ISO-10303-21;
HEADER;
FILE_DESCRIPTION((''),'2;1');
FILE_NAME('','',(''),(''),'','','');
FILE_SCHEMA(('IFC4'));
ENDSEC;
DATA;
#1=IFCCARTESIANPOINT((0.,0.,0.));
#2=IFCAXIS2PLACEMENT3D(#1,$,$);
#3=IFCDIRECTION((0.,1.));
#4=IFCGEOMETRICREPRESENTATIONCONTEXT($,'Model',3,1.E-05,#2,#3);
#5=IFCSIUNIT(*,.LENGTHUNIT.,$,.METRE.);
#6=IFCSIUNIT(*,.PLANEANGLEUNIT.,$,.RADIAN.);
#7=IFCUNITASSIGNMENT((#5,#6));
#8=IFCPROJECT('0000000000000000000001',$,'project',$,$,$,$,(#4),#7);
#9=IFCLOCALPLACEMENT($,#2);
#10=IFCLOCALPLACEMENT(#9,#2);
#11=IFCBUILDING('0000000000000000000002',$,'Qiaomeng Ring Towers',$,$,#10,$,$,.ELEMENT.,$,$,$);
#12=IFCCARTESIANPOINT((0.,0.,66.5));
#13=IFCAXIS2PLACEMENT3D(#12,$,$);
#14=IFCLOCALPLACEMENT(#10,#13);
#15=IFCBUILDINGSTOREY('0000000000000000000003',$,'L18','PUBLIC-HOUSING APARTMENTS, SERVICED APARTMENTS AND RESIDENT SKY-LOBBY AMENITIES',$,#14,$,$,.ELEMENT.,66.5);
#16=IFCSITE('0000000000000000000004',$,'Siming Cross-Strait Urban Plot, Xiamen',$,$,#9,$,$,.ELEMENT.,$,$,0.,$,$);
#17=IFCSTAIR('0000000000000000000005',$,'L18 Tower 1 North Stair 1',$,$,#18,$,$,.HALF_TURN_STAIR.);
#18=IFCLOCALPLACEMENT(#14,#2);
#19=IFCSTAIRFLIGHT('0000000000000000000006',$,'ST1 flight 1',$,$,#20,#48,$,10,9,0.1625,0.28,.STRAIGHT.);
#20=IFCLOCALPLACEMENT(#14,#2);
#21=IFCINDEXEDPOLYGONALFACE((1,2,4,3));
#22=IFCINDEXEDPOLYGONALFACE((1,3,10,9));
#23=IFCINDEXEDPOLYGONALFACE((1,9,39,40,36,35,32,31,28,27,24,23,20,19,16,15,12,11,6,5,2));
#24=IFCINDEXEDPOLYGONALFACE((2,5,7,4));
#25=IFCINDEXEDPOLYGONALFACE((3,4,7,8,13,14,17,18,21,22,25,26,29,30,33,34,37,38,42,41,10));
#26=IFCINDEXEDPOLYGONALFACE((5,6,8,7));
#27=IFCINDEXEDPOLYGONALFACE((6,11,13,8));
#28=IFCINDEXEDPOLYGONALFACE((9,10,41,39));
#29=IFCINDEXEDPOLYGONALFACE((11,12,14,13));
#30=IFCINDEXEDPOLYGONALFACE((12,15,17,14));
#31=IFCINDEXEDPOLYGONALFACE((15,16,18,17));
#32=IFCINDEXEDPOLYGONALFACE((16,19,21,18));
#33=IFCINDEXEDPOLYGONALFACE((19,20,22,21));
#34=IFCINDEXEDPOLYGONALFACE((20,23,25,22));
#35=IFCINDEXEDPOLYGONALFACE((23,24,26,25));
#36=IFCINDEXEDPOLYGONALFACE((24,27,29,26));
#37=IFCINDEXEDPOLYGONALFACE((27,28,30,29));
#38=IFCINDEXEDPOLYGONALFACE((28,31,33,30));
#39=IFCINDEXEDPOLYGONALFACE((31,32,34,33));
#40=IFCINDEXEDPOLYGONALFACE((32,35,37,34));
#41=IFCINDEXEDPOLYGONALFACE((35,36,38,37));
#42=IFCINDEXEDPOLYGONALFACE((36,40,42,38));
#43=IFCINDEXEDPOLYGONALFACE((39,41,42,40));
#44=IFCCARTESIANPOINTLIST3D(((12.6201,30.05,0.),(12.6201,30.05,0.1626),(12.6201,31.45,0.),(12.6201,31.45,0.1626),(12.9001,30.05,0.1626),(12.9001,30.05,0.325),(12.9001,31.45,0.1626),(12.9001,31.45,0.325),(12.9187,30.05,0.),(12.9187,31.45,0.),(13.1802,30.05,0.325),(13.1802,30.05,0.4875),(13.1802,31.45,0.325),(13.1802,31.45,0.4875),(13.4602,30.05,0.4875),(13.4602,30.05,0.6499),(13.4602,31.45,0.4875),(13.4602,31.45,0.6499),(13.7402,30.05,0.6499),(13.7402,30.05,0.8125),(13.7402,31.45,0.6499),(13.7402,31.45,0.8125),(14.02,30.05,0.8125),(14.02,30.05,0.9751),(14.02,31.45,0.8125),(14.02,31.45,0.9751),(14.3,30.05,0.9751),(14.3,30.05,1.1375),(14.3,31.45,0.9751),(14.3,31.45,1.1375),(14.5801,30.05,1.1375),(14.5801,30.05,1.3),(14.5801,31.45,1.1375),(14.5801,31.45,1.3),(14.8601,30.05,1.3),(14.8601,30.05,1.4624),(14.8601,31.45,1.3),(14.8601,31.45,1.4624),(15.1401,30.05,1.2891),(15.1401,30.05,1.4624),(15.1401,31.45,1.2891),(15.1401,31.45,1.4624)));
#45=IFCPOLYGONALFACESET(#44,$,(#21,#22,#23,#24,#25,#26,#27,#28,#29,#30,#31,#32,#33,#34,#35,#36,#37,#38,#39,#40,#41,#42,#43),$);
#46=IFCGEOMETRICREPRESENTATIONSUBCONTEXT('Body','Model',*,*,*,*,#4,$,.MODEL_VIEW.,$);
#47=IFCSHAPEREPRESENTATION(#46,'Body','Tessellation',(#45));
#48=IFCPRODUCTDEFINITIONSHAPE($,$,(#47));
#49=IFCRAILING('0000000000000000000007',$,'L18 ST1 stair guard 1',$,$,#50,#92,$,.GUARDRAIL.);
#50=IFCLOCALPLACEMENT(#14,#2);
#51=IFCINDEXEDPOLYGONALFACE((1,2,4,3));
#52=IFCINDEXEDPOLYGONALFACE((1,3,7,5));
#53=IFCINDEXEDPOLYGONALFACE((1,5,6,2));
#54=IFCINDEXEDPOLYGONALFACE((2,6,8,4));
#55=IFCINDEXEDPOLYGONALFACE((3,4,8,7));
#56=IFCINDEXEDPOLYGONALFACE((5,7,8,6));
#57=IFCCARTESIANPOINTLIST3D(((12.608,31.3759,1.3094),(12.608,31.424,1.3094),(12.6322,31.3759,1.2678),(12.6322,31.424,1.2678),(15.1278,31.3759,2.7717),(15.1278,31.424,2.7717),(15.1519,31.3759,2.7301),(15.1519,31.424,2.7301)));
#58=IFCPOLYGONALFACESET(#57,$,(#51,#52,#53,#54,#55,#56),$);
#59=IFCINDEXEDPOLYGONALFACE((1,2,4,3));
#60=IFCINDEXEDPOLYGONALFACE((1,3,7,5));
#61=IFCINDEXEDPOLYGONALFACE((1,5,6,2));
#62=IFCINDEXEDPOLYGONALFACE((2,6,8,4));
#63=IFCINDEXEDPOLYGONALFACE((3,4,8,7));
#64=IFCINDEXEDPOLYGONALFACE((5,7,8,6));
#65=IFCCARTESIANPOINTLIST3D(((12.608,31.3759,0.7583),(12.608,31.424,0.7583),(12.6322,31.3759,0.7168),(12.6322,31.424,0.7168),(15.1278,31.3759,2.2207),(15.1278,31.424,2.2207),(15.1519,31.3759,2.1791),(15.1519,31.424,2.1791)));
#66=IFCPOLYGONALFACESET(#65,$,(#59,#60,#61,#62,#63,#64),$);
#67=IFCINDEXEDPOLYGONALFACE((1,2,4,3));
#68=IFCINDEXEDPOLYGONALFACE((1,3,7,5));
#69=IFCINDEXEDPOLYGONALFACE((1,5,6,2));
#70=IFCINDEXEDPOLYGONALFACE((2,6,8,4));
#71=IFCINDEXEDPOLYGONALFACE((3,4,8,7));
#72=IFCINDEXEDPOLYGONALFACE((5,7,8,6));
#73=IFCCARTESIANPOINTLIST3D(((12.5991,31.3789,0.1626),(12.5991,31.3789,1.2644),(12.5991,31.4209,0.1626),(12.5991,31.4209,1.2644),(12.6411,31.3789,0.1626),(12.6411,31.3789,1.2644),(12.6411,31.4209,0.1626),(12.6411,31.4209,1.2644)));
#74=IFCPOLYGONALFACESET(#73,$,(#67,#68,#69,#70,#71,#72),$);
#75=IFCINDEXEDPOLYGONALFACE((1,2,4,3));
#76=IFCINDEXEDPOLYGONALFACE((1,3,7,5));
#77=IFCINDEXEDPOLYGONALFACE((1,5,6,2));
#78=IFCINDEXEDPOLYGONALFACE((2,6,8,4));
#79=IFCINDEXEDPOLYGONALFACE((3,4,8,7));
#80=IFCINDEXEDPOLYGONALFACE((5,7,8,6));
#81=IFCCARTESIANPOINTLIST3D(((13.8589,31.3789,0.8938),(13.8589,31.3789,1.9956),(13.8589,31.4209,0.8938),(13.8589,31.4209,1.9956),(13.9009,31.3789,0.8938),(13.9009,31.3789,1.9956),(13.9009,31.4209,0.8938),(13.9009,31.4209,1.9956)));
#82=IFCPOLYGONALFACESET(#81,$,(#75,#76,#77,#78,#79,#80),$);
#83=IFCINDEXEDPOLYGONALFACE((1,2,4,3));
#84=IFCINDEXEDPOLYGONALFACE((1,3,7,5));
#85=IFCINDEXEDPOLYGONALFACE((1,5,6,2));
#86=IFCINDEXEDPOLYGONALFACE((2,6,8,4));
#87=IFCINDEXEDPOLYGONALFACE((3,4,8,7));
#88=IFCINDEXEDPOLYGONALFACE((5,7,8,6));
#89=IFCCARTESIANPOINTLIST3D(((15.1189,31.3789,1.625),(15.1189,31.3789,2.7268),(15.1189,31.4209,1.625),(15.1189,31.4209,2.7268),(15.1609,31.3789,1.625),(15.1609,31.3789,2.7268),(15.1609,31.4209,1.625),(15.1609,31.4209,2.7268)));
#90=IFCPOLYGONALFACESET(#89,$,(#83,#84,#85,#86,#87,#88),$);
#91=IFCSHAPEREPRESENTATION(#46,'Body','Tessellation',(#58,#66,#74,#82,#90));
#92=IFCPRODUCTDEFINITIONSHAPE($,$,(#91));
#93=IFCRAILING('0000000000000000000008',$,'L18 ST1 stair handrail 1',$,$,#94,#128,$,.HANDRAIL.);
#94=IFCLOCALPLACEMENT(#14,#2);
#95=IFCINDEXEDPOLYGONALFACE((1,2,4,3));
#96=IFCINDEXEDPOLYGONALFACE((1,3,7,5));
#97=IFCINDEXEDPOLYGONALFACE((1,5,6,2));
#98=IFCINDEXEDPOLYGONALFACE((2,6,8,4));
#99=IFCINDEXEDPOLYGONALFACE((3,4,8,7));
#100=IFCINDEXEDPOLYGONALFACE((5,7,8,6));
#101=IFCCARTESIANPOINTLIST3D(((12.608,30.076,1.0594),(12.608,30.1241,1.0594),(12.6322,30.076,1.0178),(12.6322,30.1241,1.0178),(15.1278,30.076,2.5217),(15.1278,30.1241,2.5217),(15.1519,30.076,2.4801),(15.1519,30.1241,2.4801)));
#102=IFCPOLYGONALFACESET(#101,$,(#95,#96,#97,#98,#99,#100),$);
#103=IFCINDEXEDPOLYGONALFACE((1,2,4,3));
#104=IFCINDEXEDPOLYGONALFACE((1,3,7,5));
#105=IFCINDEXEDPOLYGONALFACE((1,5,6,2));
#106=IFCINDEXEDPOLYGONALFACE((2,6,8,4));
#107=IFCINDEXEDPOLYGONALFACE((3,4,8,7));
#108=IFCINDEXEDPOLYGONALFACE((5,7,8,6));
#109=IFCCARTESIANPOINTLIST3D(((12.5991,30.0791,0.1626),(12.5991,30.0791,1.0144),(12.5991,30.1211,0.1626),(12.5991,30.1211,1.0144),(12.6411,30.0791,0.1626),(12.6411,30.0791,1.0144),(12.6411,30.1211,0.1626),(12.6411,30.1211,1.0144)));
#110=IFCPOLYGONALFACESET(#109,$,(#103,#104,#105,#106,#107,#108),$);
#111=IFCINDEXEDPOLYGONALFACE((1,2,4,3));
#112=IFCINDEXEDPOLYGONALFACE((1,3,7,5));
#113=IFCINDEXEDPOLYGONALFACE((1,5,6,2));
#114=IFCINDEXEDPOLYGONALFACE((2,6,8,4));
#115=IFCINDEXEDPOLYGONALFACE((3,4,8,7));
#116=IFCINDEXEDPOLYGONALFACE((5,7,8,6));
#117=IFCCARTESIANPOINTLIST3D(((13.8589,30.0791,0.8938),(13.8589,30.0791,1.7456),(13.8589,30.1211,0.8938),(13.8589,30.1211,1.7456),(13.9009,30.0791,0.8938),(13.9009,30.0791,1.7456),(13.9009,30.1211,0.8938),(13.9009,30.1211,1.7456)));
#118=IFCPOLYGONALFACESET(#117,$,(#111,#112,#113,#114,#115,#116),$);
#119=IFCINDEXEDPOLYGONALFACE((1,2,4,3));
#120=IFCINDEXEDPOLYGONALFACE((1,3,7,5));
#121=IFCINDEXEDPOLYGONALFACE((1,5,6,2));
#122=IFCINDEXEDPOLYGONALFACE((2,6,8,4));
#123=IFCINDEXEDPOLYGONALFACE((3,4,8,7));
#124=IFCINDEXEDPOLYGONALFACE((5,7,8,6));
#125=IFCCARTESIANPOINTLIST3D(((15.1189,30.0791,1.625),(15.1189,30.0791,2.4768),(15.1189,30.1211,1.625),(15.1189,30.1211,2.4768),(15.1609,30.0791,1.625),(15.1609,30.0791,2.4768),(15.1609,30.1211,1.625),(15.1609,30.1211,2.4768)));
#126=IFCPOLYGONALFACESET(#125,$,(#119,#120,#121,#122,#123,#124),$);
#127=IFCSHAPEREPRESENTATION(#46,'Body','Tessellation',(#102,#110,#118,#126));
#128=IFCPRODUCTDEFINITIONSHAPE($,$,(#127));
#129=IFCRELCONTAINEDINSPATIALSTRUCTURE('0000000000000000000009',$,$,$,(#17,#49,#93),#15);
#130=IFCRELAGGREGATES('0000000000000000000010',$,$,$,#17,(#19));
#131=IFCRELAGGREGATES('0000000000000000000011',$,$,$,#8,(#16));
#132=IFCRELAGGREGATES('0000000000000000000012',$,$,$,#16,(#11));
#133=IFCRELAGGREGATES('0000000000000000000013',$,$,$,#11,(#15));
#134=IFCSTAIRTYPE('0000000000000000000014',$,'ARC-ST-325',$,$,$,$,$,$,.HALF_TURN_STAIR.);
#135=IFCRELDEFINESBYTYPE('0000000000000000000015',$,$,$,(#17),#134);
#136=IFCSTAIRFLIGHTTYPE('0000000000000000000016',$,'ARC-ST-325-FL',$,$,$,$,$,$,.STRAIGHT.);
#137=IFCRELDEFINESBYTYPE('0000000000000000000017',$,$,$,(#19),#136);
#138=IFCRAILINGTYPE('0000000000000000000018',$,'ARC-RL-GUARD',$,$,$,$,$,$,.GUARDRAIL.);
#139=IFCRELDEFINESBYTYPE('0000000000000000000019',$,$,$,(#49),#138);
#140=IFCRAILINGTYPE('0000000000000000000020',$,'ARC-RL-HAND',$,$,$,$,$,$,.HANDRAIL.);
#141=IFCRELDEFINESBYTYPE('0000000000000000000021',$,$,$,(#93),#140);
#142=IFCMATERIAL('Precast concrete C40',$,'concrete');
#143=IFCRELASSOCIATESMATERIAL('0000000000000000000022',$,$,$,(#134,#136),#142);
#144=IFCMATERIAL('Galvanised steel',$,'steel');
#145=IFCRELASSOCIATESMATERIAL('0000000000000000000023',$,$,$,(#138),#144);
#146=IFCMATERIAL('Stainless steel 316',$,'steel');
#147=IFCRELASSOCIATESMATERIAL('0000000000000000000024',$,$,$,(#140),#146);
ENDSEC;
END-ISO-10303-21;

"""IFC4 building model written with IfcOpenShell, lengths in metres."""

from ifc_helpers import new_model, si_unit, direction, frame, origin, origin_2d, place, context, subcontext, project, spatial, polyline, rectangle, outline, extrude, source, transform, mapped, material, type_object, element, aggregate, save


model = new_model("IFC4")

# Units and contexts
model_context = context("Model", 3, precision=1e-05, world=origin(), true_north=direction((0.0, 1.0)))
body_context = subcontext(model_context, "Body", "Model", "MODEL_VIEW")
ifc_project = project(units=[si_unit("LENGTHUNIT", "METRE"), si_unit("PLANEANGLEUNIT", "RADIAN")], contexts=[model_context])

# Site, building, storey
site_placement = place(None, origin())
site = spatial("IfcSite", under=ifc_project, at=site_placement, Name="Siming Cross-Strait Urban Plot, Xiamen", CompositionType="ELEMENT", RefElevation=0.0)
building_placement = place(site_placement, origin())
building = spatial("IfcBuilding", under=site, at=building_placement, Name="Qiaomeng Ring Towers", CompositionType="ELEMENT")
storey_placement = place(building_placement, frame((0.0, 0.0, 66.5)))
storey = spatial("IfcBuildingStorey", under=building, at=storey_placement, Name="L18", Description="PUBLIC-HOUSING APARTMENTS, SERVICED APARTMENTS AND RESIDENT SKY-LOBBY AMENITIES", CompositionType="ELEMENT", Elevation=66.5)

# Stair, stair flight
ifc_material_1 = material(Name="Precast concrete C40", Category="concrete")
stair_type = type_object("IfcStairType", Name="ARC-ST-325", PredefinedType="HALF_TURN_STAIR", material=ifc_material_1)
stair_placement = place(storey_placement, origin())
stair = element("IfcStair", 1, at=stair_placement, inside=storey, type_object=stair_type, Name="L18 Tower 1 North Stair 1", PredefinedType="HALF_TURN_STAIR")
stair_flight_type = type_object("IfcStairFlightType", Name="ARC-ST-325-FL", PredefinedType="STRAIGHT", material=ifc_material_1)
shared_shape_1 = source(origin(), body_context, "Body", "SweptSolid", [
    extrude(outline(polyline([(0.0, 0.0), (0.0, 0.1626), (0.28, 0.1626), (0.28, 0.325), (0.5601, 0.325), (0.5601, 0.4875), (0.8401, 0.4875), (0.8401, 0.6499), (1.1201, 0.6499), (1.1201, 0.8125), (1.3999, 0.8125), (1.3999, 0.9751), (1.6799, 0.9751), (1.6799, 1.1375), (1.96, 1.1375), (1.96, 1.3), (2.24, 1.3), (2.24, 1.4624), (2.52, 1.4624), (2.52, 1.625), (2.52, 1.2891), (0.2986, 0.0), (0.0, 0.0)])), frame((0.0, 0.7, 0.0), z_axis=(0.0, -1.0, 0.0), x_axis=(1.0, 0.0, 0.0)), (0.0, 0.0, 1.0), 1.3999),
])
stair_flight_placement = place(storey_placement, frame((12.6201, 30.75, 0.0), z_axis=(0.0, 0.0, 1.0), x_axis=(1.0, 0.0, 0.0)))
stair_flight = element("IfcStairFlight", 2, at=stair_flight_placement, type_object=stair_flight_type, Name="ST1 flight 1", NumberOfRisers=10, NumberOfTreads=9, PredefinedType="STRAIGHT", RiserHeight=0.1625, TreadLength=0.28, context=body_context, shape_type="MappedRepresentation", body=[
    mapped(shared_shape_1, transform((0.0, 0.0, 0.0), x_axis=(1.0, 0.0, 0.0), y_axis=(0.0, 1.0, 0.0), z_axis=(0.0, 0.0, 1.0), scale=1.0)),
])
aggregate(stair, [stair_flight])

# Railings
ifc_material_2 = material(Name="Galvanised steel", Category="steel")
railing_type_1 = type_object("IfcRailingType", Name="ARC-RL-GUARD", PredefinedType="GUARDRAIL", material=ifc_material_2)
railing_1_placement = place(storey_placement, frame((12.6201, 31.3999, 0.1626)))
element("IfcRailing", 3, at=railing_1_placement, inside=storey, type_object=railing_type_1, Name="L18 ST1 stair guard 1", PredefinedType="GUARDRAIL", context=body_context, shape_type="SweptSolid", body=[
    extrude(rectangle(XDim=0.0481, YDim=0.0481, at=origin_2d()), frame((0.0, 0.0, 1.126), z_axis=(0.864892, 0.0, 0.501958), x_axis=(0.0, 1.0, 0.0)), (0.0, 0.0, 1.0), 2.9133),
    extrude(rectangle(XDim=0.0481, YDim=0.0481, at=origin_2d()), frame((0.0, 0.0, 0.575), z_axis=(0.864892, 0.0, 0.501958), x_axis=(0.0, 1.0, 0.0)), (0.0, 0.0, 1.0), 2.9133),
    extrude(rectangle(XDim=0.042, YDim=0.042, at=origin_2d()), origin(), (0.0, 0.0, 1.0), 1.1018),
    extrude(rectangle(XDim=0.042, YDim=0.042, at=origin_2d()), frame((1.2598, 0.0, 0.7312)), (0.0, 0.0, 1.0), 1.1018),
    extrude(rectangle(XDim=0.042, YDim=0.042, at=origin_2d()), frame((2.5198, 0.0, 1.4624)), (0.0, 0.0, 1.0), 1.1018),
])
ifc_material_3 = material(Name="Stainless steel 316", Category="steel")
railing_type_2 = type_object("IfcRailingType", Name="ARC-RL-HAND", PredefinedType="HANDRAIL", material=ifc_material_3)
railing_2_placement = place(storey_placement, frame((12.6201, 30.1001, 0.1626)))
element("IfcRailing", 4, at=railing_2_placement, inside=storey, type_object=railing_type_2, Name="L18 ST1 stair handrail 1", PredefinedType="HANDRAIL", context=body_context, shape_type="SweptSolid", body=[
    extrude(rectangle(XDim=0.0481, YDim=0.0481, at=origin_2d()), frame((0.0, 0.0, 0.876), z_axis=(0.864892, 0.0, 0.501958), x_axis=(0.0, 1.0, 0.0)), (0.0, 0.0, 1.0), 2.9133),
    extrude(rectangle(XDim=0.042, YDim=0.042, at=origin_2d()), origin(), (0.0, 0.0, 1.0), 0.8518),
    extrude(rectangle(XDim=0.042, YDim=0.042, at=origin_2d()), frame((1.2598, 0.0, 0.7312)), (0.0, 0.0, 1.0), 0.8518),
    extrude(rectangle(XDim=0.042, YDim=0.042, at=origin_2d()), frame((2.5198, 0.0, 1.4624)), (0.0, 0.0, 1.0), 0.8518),
])

save(model, "model.ifc")
